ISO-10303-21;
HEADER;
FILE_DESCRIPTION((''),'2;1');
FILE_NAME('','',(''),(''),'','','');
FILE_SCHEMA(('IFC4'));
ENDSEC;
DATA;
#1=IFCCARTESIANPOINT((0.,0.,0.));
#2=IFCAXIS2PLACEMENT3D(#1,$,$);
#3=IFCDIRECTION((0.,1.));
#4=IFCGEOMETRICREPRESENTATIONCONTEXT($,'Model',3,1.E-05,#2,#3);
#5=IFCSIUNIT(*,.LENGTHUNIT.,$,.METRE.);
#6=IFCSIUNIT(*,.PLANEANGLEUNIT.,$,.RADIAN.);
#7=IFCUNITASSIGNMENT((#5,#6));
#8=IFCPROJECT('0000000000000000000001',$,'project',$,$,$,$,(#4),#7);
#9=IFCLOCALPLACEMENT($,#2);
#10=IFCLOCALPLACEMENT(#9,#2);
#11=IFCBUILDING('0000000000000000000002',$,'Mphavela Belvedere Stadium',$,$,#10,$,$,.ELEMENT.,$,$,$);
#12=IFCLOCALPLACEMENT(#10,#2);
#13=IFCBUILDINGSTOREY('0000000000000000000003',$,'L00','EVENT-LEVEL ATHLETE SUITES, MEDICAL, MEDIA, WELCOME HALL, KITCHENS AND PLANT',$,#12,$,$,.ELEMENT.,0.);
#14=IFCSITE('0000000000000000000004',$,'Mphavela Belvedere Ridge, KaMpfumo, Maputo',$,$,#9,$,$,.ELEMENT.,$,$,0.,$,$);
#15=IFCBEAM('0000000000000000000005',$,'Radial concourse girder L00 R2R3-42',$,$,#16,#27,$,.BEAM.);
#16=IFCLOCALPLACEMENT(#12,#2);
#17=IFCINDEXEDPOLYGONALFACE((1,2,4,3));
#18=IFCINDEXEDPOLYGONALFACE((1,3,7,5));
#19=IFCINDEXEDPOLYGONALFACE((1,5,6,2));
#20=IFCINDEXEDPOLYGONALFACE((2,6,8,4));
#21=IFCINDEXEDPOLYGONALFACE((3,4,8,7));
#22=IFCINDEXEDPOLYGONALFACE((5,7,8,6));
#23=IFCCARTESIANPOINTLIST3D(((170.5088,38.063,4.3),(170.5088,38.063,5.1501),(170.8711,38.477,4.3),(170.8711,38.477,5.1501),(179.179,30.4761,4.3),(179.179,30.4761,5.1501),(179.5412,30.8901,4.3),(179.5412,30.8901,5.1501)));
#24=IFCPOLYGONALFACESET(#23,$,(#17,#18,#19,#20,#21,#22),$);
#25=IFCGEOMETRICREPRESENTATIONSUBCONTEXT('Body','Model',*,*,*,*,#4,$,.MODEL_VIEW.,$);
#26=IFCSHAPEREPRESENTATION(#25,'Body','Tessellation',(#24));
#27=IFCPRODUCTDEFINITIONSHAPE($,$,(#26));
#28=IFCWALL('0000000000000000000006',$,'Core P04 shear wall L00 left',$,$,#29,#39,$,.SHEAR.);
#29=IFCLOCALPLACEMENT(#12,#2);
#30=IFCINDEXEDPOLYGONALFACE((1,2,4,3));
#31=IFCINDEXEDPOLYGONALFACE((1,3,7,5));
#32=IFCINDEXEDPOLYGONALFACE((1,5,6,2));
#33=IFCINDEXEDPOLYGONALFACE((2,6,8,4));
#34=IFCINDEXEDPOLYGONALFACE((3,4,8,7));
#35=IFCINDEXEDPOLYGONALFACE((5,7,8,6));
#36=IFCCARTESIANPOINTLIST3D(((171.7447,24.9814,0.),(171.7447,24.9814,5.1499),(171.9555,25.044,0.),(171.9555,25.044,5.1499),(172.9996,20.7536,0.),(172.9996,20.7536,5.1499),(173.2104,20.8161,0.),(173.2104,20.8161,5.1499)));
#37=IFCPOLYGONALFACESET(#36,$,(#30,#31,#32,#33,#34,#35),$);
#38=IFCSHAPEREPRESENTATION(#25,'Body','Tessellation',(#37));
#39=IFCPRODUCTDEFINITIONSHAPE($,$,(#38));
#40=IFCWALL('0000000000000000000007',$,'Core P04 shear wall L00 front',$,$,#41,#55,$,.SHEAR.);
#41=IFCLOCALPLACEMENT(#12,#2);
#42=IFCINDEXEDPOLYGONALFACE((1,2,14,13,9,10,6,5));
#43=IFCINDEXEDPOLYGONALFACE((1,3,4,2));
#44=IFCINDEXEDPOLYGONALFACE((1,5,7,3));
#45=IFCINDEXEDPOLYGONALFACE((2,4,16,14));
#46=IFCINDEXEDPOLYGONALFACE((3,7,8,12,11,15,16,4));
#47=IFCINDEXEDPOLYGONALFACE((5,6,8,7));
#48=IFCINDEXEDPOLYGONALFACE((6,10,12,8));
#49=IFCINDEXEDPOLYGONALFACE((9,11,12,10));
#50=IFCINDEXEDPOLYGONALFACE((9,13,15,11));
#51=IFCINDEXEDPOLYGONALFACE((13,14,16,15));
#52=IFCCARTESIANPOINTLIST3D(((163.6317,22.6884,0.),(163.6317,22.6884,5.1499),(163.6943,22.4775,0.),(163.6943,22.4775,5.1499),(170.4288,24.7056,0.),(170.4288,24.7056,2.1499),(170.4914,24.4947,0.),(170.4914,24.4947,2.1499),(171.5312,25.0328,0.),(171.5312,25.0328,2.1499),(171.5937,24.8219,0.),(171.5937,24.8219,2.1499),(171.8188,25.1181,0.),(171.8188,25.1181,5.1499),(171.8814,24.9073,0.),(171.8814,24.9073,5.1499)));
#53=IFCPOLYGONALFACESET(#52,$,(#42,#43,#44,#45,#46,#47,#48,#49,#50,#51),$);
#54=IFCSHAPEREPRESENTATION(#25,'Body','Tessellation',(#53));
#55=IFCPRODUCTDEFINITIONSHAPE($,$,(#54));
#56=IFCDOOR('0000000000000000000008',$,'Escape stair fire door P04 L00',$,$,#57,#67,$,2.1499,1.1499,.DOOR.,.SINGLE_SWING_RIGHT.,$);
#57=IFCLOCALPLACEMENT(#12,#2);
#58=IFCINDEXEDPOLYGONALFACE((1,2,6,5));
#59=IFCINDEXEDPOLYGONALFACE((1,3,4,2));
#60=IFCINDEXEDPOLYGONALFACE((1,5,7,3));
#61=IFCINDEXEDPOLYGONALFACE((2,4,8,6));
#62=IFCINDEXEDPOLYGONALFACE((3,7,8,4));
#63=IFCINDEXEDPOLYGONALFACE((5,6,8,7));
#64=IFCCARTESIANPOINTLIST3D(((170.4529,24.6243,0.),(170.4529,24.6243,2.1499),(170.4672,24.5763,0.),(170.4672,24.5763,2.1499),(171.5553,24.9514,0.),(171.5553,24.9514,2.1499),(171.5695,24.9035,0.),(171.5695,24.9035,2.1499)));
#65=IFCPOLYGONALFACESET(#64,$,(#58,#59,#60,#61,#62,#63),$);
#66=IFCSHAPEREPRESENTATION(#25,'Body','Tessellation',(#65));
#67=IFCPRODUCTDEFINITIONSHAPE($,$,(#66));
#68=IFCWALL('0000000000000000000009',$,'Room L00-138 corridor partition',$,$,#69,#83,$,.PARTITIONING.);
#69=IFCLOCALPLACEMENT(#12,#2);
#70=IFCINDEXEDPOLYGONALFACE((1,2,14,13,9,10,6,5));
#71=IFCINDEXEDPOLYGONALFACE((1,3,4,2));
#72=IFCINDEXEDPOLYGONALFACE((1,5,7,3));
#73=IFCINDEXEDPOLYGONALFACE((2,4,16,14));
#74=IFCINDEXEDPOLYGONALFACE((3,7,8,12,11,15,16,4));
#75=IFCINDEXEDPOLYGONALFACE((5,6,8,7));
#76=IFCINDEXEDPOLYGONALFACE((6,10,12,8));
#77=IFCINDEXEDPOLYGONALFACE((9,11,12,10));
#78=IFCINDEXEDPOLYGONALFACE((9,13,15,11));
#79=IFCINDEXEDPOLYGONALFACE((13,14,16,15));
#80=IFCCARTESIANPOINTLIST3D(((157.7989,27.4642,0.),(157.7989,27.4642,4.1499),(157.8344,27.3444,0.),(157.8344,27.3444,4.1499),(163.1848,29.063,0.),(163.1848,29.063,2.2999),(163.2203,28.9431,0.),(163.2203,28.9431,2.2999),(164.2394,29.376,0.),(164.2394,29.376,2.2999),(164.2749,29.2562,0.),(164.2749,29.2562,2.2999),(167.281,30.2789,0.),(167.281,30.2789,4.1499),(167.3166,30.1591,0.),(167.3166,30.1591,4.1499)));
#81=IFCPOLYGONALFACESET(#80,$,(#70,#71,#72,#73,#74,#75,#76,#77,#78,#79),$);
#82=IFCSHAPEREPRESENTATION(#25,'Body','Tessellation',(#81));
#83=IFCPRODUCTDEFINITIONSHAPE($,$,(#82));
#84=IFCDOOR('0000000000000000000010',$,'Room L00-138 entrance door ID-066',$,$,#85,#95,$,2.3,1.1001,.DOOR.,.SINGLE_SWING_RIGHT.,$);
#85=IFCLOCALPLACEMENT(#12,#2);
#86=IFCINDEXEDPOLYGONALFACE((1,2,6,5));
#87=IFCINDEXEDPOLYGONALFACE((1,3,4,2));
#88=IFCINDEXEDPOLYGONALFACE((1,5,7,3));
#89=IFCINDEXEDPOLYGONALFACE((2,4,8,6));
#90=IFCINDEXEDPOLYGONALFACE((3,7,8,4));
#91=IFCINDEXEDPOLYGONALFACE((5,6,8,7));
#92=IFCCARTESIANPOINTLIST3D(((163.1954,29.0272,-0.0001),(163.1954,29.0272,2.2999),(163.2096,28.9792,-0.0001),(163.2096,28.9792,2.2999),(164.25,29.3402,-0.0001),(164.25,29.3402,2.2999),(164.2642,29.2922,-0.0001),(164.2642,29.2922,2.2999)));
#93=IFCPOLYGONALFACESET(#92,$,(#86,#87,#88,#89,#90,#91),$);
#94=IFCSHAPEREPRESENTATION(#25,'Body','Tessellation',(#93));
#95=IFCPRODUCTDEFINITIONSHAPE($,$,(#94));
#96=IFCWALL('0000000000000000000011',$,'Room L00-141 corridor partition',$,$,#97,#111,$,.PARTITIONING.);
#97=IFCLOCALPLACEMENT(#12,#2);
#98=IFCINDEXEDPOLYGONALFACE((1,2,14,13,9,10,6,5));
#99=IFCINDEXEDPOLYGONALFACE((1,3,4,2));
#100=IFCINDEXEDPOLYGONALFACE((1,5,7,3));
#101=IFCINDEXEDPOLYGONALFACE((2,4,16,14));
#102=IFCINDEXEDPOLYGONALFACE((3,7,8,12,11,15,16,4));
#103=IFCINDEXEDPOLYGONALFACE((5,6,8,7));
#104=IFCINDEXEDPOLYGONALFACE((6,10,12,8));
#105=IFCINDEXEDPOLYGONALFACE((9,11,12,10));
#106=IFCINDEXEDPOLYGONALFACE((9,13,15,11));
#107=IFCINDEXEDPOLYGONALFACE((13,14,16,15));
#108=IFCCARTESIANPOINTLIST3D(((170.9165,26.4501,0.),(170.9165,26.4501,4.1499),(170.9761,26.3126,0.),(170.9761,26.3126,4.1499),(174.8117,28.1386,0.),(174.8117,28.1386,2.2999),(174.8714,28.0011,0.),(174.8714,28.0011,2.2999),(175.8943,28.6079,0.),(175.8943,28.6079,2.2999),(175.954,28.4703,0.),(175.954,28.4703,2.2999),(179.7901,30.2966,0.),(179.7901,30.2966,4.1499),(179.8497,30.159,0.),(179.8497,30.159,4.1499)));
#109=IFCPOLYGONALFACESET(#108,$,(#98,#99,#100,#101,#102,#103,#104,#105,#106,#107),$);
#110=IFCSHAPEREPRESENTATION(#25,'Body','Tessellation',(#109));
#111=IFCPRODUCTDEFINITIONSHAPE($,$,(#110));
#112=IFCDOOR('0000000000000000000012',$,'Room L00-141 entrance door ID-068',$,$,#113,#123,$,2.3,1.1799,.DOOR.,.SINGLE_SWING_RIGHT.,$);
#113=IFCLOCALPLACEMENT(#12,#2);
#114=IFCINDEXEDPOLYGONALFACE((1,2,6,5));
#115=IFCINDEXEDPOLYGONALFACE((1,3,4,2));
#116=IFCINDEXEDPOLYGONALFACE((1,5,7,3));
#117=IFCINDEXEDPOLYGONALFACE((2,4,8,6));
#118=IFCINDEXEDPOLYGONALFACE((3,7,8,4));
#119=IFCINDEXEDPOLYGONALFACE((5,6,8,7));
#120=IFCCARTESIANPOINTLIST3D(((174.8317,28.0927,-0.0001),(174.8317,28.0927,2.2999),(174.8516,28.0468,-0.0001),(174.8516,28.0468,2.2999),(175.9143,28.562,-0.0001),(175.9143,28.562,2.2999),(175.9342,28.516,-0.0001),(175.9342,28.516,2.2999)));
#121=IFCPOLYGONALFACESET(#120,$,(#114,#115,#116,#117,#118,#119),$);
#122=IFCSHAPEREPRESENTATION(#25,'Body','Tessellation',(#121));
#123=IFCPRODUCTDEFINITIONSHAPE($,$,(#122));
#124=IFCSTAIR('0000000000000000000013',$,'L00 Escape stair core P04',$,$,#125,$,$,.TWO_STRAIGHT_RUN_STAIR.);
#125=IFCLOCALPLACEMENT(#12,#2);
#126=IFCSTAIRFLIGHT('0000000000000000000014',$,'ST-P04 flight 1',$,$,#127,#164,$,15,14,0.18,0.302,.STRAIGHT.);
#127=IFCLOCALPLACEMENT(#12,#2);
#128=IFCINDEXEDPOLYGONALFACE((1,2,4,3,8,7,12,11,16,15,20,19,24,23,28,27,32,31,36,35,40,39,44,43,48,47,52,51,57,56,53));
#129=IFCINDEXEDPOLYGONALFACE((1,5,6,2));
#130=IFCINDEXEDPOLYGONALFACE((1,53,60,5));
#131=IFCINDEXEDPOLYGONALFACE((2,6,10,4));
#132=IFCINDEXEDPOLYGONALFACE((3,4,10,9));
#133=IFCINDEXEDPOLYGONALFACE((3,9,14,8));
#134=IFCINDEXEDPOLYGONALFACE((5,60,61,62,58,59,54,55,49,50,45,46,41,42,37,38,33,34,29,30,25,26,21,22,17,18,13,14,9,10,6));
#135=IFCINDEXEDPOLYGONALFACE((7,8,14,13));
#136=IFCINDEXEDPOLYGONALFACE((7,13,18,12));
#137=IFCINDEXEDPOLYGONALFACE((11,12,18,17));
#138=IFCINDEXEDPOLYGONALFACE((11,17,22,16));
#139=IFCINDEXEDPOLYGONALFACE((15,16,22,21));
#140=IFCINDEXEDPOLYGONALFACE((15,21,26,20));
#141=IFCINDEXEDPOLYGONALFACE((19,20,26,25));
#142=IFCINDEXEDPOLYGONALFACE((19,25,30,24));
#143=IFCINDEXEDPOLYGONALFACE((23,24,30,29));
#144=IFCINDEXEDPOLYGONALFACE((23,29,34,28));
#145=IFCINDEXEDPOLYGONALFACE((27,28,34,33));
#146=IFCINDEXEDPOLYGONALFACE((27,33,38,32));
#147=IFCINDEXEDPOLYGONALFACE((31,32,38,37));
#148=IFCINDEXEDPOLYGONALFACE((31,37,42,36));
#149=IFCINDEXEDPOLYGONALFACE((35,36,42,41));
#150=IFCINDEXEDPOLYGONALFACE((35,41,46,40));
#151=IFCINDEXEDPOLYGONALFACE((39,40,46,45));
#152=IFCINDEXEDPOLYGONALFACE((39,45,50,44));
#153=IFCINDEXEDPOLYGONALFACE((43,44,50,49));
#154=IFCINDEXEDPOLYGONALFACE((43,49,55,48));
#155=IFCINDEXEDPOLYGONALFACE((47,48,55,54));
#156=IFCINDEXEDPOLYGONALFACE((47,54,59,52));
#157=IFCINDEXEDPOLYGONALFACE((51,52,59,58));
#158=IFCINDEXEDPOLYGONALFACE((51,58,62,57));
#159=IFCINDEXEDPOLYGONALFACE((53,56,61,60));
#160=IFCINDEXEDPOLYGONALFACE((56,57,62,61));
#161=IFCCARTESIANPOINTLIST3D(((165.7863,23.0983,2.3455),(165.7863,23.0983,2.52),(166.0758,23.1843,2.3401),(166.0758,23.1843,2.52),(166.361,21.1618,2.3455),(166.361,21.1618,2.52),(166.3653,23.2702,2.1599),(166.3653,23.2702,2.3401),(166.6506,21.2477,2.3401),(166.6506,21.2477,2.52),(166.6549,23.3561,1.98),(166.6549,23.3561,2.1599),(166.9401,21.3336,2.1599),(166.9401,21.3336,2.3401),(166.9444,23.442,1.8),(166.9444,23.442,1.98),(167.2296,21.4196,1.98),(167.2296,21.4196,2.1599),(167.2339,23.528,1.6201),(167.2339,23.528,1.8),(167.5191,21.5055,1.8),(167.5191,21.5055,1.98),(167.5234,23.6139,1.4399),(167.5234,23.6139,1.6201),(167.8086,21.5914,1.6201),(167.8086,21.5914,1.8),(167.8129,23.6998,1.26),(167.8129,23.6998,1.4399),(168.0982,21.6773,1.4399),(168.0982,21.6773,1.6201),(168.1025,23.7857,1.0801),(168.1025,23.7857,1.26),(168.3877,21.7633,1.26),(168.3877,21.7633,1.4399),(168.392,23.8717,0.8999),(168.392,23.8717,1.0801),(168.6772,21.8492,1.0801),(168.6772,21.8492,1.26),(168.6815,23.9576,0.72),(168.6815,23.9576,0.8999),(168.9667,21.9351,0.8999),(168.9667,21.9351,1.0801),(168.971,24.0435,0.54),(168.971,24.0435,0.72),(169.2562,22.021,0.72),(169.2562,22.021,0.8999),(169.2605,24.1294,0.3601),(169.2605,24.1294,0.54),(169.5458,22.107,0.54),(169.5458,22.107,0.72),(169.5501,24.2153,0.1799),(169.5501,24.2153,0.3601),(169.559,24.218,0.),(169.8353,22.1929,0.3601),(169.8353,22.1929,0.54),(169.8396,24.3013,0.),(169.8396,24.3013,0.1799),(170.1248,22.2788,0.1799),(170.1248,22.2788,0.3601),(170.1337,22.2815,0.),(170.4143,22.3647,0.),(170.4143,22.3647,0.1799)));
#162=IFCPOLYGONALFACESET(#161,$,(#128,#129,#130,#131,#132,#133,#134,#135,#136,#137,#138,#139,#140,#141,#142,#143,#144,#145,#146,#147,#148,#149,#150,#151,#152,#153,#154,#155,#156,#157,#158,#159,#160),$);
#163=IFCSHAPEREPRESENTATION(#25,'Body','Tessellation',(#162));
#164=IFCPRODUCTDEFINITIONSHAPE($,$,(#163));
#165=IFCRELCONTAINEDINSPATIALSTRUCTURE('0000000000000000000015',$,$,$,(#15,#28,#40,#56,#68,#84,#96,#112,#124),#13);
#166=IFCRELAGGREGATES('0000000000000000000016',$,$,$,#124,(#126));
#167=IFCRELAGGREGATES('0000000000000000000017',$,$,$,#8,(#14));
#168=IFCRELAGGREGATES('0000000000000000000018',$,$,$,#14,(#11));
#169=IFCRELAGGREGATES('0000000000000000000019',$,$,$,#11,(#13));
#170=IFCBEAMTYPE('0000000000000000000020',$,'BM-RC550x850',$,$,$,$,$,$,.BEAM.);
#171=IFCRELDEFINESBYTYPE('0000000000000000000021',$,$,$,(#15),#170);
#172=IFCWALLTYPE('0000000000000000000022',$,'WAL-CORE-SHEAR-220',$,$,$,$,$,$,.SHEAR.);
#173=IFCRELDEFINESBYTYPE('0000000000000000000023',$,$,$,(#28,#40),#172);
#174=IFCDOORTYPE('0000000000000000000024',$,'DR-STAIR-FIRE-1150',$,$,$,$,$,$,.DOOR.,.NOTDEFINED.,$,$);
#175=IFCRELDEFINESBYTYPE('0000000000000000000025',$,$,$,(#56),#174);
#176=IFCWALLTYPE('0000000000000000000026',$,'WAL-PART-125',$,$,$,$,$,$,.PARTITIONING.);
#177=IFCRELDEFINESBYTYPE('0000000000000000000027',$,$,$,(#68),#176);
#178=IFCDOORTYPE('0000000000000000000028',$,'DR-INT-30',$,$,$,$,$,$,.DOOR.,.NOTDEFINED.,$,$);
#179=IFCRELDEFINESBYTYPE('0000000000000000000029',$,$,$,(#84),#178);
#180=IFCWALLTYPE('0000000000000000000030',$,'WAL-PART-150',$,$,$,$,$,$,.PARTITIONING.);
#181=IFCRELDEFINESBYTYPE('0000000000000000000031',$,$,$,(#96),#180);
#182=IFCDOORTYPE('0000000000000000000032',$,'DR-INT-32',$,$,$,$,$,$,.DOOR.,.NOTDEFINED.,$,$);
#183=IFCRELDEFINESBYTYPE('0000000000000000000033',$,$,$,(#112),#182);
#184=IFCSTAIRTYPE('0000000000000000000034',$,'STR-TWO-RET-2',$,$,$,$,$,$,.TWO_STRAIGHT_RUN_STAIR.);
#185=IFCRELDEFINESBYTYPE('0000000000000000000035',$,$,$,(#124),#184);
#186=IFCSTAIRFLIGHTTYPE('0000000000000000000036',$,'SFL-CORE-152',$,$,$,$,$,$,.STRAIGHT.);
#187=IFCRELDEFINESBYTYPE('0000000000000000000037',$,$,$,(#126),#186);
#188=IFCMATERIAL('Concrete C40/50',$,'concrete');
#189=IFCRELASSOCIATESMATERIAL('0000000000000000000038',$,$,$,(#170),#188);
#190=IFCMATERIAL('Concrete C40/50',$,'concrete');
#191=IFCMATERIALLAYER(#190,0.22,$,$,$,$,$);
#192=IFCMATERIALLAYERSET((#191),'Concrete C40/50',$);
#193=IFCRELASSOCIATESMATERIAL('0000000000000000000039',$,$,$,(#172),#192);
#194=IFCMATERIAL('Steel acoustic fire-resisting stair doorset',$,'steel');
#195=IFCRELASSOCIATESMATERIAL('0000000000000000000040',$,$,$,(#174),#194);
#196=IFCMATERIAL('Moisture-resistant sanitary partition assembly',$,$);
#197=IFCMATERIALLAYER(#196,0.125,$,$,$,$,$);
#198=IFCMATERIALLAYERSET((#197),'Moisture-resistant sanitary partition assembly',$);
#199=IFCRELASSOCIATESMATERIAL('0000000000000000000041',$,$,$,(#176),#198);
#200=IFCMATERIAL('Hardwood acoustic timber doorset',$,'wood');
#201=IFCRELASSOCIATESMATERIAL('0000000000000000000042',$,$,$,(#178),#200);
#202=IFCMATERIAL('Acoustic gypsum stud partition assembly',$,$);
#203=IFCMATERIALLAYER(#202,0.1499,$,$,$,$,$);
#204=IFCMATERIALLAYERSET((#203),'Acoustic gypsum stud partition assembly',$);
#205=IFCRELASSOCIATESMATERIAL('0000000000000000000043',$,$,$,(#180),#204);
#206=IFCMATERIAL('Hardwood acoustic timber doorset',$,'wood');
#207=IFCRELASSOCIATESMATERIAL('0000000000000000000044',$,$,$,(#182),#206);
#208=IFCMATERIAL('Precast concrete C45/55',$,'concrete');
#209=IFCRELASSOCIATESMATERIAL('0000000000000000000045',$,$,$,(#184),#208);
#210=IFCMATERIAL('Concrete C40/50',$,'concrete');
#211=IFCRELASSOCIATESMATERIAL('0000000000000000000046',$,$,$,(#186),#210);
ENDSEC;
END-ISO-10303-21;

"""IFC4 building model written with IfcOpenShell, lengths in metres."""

from ifc_helpers import new_model, si_unit, direction, frame, frame_2d, origin, origin_2d, place, context, subcontext, project, spatial, polyline, rectangle, outline, extrude, material, layer, layer_set, material_profile, profile_set, type_object, element, fill, aggregate, save


model = new_model("IFC4")

# Units and contexts
model_context = context("Model", 3, precision=1e-05, world=origin(), true_north=direction((0.0, 1.0)))
body_context = subcontext(model_context, "Body", "Model", "MODEL_VIEW")
ifc_project = project(units=[si_unit("LENGTHUNIT", "METRE"), si_unit("PLANEANGLEUNIT", "RADIAN")], contexts=[model_context])

# Site, building, storey
site_placement = place(None, origin())
site = spatial("IfcSite", under=ifc_project, at=site_placement, Name="Mphavela Belvedere Ridge, KaMpfumo, Maputo", CompositionType="ELEMENT", RefElevation=0.0)
building_placement = place(site_placement, origin())
building = spatial("IfcBuilding", under=site, at=building_placement, Name="Mphavela Belvedere Stadium", CompositionType="ELEMENT")
storey_placement = place(building_placement, origin())
storey = spatial("IfcBuildingStorey", under=building, at=storey_placement, Name="L00", Description="EVENT-LEVEL ATHLETE SUITES, MEDICAL, MEDIA, WELCOME HALL, KITCHENS AND PLANT", CompositionType="ELEMENT", Elevation=0.0)

# Beam
ifc_material_1 = material(Name="Concrete C40/50", Category="concrete")
ifc_material_profile_1 = material_profile(ifc_material_1, rectangle(XDim=0.55, YDim=0.8501, at=origin_2d()), Name="RC 550x850")
ifc_profile_set_1 = profile_set([ifc_material_profile_1], Name="Concrete C40/50")
beam_type_1 = type_object("IfcBeamType", Name="BM-RC550x850", PredefinedType="BEAM", material=ifc_profile_set_1)
beam_1_placement = place(storey_placement, frame((170.6899, 38.27, 4.7251), z_axis=(0.752554, -0.65853, 0.0), x_axis=(0.65853, 0.752554, 0.0)))
element("IfcBeam", 1, at=beam_1_placement, inside=storey, type_object=beam_type_1, Name="Radial concourse girder L00 R2R3-42", PredefinedType="BEAM", context=body_context, shape_type="SweptSolid", body=[
    extrude(rectangle(XDim=0.55, YDim=0.8501, at=origin_2d()), origin(), (0.0, 0.0, 1.0), 11.521),
])

# Wall
ifc_material_2 = material(Name="Concrete C40/50", Category="concrete")
ifc_layer_1 = layer(ifc_material_2, 0.22)
ifc_layer_set_1 = layer_set([ifc_layer_1], Name="Concrete C40/50")
wall_type_1 = type_object("IfcWallType", Name="WAL-CORE-SHEAR-220", PredefinedType="SHEAR", material=ifc_layer_set_1)
wall_1_placement = place(storey_placement, frame((171.8501, 25.0127, 0.0), z_axis=(0.0, 0.0, 1.0), x_axis=(0.284548, -0.958662, 0.0)))
element("IfcWall", 2, at=wall_1_placement, inside=storey, type_object=wall_type_1, Name="Core P04 shear wall L00 left", PredefinedType="SHEAR", context=body_context, shape_type="SweptSolid", body=[
    extrude(rectangle(XDim=4.4102, YDim=0.22, at=frame_2d((2.2051, 0.0))), origin(), (0.0, 0.0, 1.0), 5.1499),
])

# Walls, openings, doors
wall_2_placement = place(storey_placement, frame((171.8501, 25.0127, 0.0), z_axis=(0.0, 0.0, 1.0), x_axis=(-0.958673, -0.284509, 0.0)))
wall_2 = element("IfcWall", 3, at=wall_2_placement, inside=storey, type_object=wall_type_1, Name="Core P04 shear wall L00 front", PredefinedType="SHEAR", context=body_context, shape_type="SweptSolid", body=[
    extrude(rectangle(XDim=8.54, YDim=0.22, at=frame_2d((4.27, 0.0))), origin(), (0.0, 0.0, 1.0), 5.1499),
])
opening_1_placement = place(wall_2_placement, frame((0.3, 0.0, 0.0)))
opening_1 = element("IfcOpeningElement", 4, at=opening_1_placement, cuts=wall_2, PredefinedType="OPENING", context=body_context, shape_type="SweptSolid", body=[
    extrude(rectangle(XDim=1.1499, YDim=2.1499, at=frame_2d((0.575, 1.075))), frame((0.0, 0.1201, 0.0), z_axis=(0.0, -1.0, 0.0), x_axis=(1.0, 0.0, 0.0)), (0.0, 0.0, 1.0), 0.24),
])
ifc_material_3 = material(Name="Steel acoustic fire-resisting stair doorset", Category="steel")
door_type_1 = type_object("IfcDoorType", Name="DR-STAIR-FIRE-1150", OperationType="NOTDEFINED", PredefinedType="DOOR", material=ifc_material_3)
door_1_placement = place(opening_1_placement, origin())
door_1 = element("IfcDoor", 5, at=door_1_placement, inside=storey, type_object=door_type_1, Name="Escape stair fire door P04 L00", OperationType="SINGLE_SWING_RIGHT", OverallHeight=2.1499, OverallWidth=1.1499, PredefinedType="DOOR", context=body_context, shape_type="SweptSolid", body=[
    extrude(rectangle(XDim=1.1499, YDim=2.1499, at=frame_2d((0.575, 1.075))), frame((0.0, 0.0249, 0.0), z_axis=(0.0, -1.0, 0.0), x_axis=(1.0, 0.0, 0.0)), (0.0, 0.0, 1.0), 0.05),
])
fill(opening_1, door_1)
ifc_material_4 = material(Name="Moisture-resistant sanitary partition assembly")
ifc_layer_2 = layer(ifc_material_4, 0.125)
ifc_layer_set_2 = layer_set([ifc_layer_2], Name="Moisture-resistant sanitary partition assembly")
wall_type_2 = type_object("IfcWallType", Name="WAL-PART-125", PredefinedType="PARTITIONING", material=ifc_layer_set_2)
wall_3_placement = place(storey_placement, frame((167.2988, 30.219, 0.0), z_axis=(0.0, 0.0, 1.0), x_axis=(-0.958656, -0.284568, 0.0)))
wall_3 = element("IfcWall", 6, at=wall_3_placement, inside=storey, type_object=wall_type_2, Name="Room L00-138 corridor partition", PredefinedType="PARTITIONING", context=body_context, shape_type="SweptSolid", body=[
    extrude(rectangle(XDim=9.8911, YDim=0.125, at=frame_2d((4.9456, 0.0))), origin(), (0.0, 0.0, 1.0), 4.1499),
])
opening_2_placement = place(wall_3_placement, frame((3.1729, 0.0, 0.0)))
opening_2 = element("IfcOpeningElement", 7, at=opening_2_placement, cuts=wall_3, PredefinedType="OPENING", context=body_context, shape_type="SweptSolid", body=[
    extrude(rectangle(XDim=1.1001, YDim=2.3, at=frame_2d((0.55, 1.1499))), frame((0.0, 0.0725, 0.0), z_axis=(0.0, -1.0, 0.0), x_axis=(1.0, 0.0, 0.0)), (0.0, 0.0, 1.0), 0.145),
])
ifc_material_5 = material(Name="Hardwood acoustic timber doorset", Category="wood")
door_type_2 = type_object("IfcDoorType", Name="DR-INT-30", OperationType="NOTDEFINED", PredefinedType="DOOR", material=ifc_material_5)
door_2_placement = place(opening_2_placement, origin())
door_2 = element("IfcDoor", 8, at=door_2_placement, inside=storey, type_object=door_type_2, Name="Room L00-138 entrance door ID-066", OperationType="SINGLE_SWING_RIGHT", OverallHeight=2.3, OverallWidth=1.1001, PredefinedType="DOOR", context=body_context, shape_type="SweptSolid", body=[
    extrude(rectangle(XDim=1.1001, YDim=2.3, at=frame_2d((0.55, 1.1499))), frame((0.0, 0.0249, 0.0), z_axis=(0.0, -1.0, 0.0), x_axis=(1.0, 0.0, 0.0)), (0.0, 0.0, 1.0), 0.05),
])
fill(opening_2, door_2)
ifc_material_6 = material(Name="Acoustic gypsum stud partition assembly")
ifc_layer_3 = layer(ifc_material_6, 0.1499)
ifc_layer_set_3 = layer_set([ifc_layer_3], Name="Acoustic gypsum stud partition assembly")
wall_type_3 = type_object("IfcWallType", Name="WAL-PART-150", PredefinedType="PARTITIONING", material=ifc_layer_set_3)
wall_4_placement = place(storey_placement, frame((170.9463, 26.3813, 0.0), z_axis=(0.0, 0.0, 1.0), x_axis=(0.917509, 0.397715, 0.0)))
wall_4 = element("IfcWall", 9, at=wall_4_placement, inside=storey, type_object=wall_type_3, Name="Room L00-141 corridor partition", PredefinedType="PARTITIONING", context=body_context, shape_type="SweptSolid", body=[
    extrude(rectangle(XDim=9.6714, YDim=0.1499, at=frame_2d((4.8357, 0.0))), origin(), (0.0, 0.0, 1.0), 4.1499),
])
opening_3_placement = place(wall_4_placement, frame((4.2456, 0.0, 0.0)))
opening_3 = element("IfcOpeningElement", 10, at=opening_3_placement, cuts=wall_4, PredefinedType="OPENING", context=body_context, shape_type="SweptSolid", body=[
    extrude(rectangle(XDim=1.1799, YDim=2.3, at=frame_2d((0.5898, 1.1499))), frame((0.0, 0.085, 0.0), z_axis=(0.0, -1.0, 0.0), x_axis=(1.0, 0.0, 0.0)), (0.0, 0.0, 1.0), 0.1699),
])
ifc_material_7 = material(Name="Hardwood acoustic timber doorset", Category="wood")
door_type_3 = type_object("IfcDoorType", Name="DR-INT-32", OperationType="NOTDEFINED", PredefinedType="DOOR", material=ifc_material_7)
door_3_placement = place(opening_3_placement, origin())
door_3 = element("IfcDoor", 11, at=door_3_placement, inside=storey, type_object=door_type_3, Name="Room L00-141 entrance door ID-068", OperationType="SINGLE_SWING_RIGHT", OverallHeight=2.3, OverallWidth=1.1799, PredefinedType="DOOR", context=body_context, shape_type="SweptSolid", body=[
    extrude(rectangle(XDim=1.1799, YDim=2.3, at=frame_2d((0.5898, 1.1499))), frame((0.0, 0.0249, 0.0), z_axis=(0.0, -1.0, 0.0), x_axis=(1.0, 0.0, 0.0)), (0.0, 0.0, 1.0), 0.05),
])
fill(opening_3, door_3)

# Stair, stair flight
ifc_material_8 = material(Name="Precast concrete C45/55", Category="concrete")
stair_type = type_object("IfcStairType", Name="STR-TWO-RET-2", PredefinedType="TWO_STRAIGHT_RUN_STAIR", material=ifc_material_8)
stair_placement = place(storey_placement, origin())
stair = element("IfcStair", 12, at=stair_placement, inside=storey, type_object=stair_type, Name="L00 Escape stair core P04", PredefinedType="TWO_STRAIGHT_RUN_STAIR")
ifc_material_9 = material(Name="Concrete C40/50", Category="concrete")
stair_flight_type = type_object("IfcStairFlightType", Name="SFL-CORE-152", PredefinedType="STRAIGHT", material=ifc_material_9)
stair_flight_placement = place(storey_placement, frame((170.127, 23.333, 0.0), z_axis=(0.0, 0.0, 1.0), x_axis=(-0.958671, -0.284517, 0.0)))
stair_flight = element("IfcStairFlight", 13, at=stair_flight_placement, type_object=stair_flight_type, Name="ST-P04 flight 1", NumberOfRisers=15, NumberOfTreads=14, PredefinedType="STRAIGHT", RiserHeight=0.18, TreadLength=0.302, context=body_context, shape_type="SweptSolid", body=[
    extrude(outline(polyline([(0.0, 0.0), (0.0, 0.1799), (0.302, 0.1799), (0.302, 0.3601), (0.604, 0.3601), (0.604, 0.54), (0.906, 0.54), (0.906, 0.72), (1.208, 0.72), (1.208, 0.8999), (1.51, 0.8999), (1.51, 1.0801), (1.812, 1.0801), (1.812, 1.26), (2.114, 1.26), (2.114, 1.4399), (2.416, 1.4399), (2.416, 1.6201), (2.718, 1.6201), (2.718, 1.8), (3.02, 1.8), (3.02, 1.98), (3.322, 1.98), (3.322, 2.1599), (3.624, 2.1599), (3.624, 2.3401), (3.926, 2.3401), (3.926, 2.52), (4.228, 2.52), (4.228, 2.7), (4.228, 2.3455), (0.2927, 0.0), (0.0, 0.0)])), frame((0.0, 1.01, 0.0), z_axis=(0.0, -1.0, 0.0), x_axis=(1.0, 0.0, 0.0)), (0.0, 0.0, 1.0), 2.02),
])
aggregate(stair, [stair_flight])

save(model, "model.ifc")
